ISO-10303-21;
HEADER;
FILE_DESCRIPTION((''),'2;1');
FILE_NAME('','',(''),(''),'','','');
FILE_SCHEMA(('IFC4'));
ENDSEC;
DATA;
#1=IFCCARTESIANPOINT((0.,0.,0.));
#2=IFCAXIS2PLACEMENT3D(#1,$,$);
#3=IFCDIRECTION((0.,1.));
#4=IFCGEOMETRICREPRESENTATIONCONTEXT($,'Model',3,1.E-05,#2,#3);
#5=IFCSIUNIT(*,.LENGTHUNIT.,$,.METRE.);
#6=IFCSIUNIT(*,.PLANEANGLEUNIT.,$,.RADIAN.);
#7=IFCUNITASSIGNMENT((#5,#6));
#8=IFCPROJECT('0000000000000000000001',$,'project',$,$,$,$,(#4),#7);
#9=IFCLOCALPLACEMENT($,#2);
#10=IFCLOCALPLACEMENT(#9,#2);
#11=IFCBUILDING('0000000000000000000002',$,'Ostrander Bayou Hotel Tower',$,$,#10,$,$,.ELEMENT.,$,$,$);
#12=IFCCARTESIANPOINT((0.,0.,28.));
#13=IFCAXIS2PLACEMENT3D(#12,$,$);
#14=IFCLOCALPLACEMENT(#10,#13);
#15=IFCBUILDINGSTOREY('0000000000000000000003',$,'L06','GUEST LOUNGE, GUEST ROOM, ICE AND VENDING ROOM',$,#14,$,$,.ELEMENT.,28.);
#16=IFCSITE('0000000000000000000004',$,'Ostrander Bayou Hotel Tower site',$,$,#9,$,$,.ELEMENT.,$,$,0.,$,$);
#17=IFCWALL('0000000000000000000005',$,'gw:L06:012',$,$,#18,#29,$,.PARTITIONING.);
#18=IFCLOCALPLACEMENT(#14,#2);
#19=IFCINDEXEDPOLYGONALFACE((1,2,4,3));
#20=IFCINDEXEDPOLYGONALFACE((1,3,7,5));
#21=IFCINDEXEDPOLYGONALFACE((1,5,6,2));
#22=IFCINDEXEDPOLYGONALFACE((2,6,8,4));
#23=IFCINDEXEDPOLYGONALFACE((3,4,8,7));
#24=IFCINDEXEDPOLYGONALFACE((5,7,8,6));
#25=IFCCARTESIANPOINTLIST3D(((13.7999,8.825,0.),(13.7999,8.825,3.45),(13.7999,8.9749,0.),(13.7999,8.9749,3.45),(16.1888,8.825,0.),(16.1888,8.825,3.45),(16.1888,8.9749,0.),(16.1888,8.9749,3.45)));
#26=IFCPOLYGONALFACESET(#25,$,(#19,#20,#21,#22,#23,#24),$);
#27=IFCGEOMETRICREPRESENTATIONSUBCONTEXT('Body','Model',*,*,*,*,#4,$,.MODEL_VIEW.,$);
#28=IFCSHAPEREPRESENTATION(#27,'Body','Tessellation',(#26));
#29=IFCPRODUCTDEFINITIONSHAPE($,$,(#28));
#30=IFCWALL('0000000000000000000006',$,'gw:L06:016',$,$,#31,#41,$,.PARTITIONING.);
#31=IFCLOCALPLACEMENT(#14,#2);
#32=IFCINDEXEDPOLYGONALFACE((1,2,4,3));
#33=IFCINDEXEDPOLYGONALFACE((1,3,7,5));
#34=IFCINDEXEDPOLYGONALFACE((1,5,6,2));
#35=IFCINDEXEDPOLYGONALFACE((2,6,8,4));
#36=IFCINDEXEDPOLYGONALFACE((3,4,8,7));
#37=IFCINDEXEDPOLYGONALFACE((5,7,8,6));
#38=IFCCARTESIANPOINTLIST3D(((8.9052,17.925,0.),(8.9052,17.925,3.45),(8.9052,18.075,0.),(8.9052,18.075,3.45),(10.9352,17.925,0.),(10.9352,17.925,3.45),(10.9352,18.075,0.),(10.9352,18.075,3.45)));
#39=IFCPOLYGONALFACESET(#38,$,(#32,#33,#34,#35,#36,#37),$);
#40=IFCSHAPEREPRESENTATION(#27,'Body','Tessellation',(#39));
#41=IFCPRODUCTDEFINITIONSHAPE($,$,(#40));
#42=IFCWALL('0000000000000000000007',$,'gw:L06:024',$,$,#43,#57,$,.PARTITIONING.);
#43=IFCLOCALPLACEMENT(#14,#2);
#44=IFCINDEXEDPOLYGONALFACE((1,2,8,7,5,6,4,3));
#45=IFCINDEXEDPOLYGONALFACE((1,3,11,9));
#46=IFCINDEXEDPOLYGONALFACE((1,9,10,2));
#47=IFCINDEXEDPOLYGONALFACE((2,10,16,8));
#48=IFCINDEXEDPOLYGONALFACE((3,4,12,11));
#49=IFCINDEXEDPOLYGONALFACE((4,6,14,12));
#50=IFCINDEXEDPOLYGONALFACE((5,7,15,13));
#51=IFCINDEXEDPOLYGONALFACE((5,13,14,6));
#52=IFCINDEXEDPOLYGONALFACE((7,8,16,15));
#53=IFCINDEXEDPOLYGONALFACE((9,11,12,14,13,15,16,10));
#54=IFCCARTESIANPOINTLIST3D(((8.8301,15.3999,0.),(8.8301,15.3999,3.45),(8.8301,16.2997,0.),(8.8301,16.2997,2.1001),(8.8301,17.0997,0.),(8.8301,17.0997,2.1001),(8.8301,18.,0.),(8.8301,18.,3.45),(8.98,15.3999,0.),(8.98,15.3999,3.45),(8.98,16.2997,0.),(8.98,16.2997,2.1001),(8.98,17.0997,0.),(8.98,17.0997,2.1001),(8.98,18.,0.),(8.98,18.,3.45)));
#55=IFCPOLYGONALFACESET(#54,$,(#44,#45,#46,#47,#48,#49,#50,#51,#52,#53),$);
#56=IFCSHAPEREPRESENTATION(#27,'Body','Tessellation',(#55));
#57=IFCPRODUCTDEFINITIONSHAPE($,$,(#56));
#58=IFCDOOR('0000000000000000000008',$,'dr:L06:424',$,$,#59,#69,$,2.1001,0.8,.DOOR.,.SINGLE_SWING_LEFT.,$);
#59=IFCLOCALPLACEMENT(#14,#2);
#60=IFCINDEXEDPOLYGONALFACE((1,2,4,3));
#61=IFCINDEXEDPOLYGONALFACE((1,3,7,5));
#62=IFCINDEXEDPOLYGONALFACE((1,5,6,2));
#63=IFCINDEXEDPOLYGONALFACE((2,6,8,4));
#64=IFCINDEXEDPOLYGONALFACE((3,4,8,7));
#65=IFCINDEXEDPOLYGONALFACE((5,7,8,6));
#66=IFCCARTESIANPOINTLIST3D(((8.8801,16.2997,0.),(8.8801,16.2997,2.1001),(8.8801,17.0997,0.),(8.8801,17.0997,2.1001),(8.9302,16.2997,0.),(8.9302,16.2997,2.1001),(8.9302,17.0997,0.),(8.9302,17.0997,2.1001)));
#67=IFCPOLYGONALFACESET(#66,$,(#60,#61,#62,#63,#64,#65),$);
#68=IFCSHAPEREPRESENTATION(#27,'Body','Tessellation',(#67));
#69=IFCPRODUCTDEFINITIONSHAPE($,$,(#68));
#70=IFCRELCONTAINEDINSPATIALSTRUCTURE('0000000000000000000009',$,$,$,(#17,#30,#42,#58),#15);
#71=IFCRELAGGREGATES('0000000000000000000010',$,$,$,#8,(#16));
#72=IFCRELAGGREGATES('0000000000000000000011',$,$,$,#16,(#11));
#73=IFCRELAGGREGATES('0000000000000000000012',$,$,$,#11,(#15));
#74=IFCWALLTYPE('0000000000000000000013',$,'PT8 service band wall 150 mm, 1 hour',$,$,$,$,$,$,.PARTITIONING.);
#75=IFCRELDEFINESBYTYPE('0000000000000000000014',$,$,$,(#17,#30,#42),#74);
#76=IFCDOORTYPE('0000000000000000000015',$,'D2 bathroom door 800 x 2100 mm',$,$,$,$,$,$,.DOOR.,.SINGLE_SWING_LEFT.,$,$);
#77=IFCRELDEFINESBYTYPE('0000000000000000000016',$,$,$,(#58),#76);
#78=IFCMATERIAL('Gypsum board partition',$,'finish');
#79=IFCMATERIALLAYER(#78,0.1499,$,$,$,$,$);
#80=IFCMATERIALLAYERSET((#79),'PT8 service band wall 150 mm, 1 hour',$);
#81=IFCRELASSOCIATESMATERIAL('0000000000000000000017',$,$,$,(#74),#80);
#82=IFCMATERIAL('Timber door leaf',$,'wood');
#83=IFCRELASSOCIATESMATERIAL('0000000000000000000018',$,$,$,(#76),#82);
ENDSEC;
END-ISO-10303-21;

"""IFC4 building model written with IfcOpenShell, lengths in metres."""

from ifc_helpers import new_model, si_unit, direction, frame, frame_2d, origin, place, context, subcontext, project, spatial, rectangle, extrude, material, layer, layer_set, type_object, element, fill, save


model = new_model("IFC4")

# Units and contexts
model_context = context("Model", 3, precision=1e-05, world=origin(), true_north=direction((0.0, 1.0)))
body_context = subcontext(model_context, "Body", "Model", "MODEL_VIEW")
ifc_project = project(units=[si_unit("LENGTHUNIT", "METRE"), si_unit("PLANEANGLEUNIT", "RADIAN")], contexts=[model_context])

# Site, building, storey
site_placement = place(None, origin())
site = spatial("IfcSite", under=ifc_project, at=site_placement, Name="Ostrander Bayou Hotel Tower site", CompositionType="ELEMENT", RefElevation=0.0)
building_placement = place(site_placement, origin())
building = spatial("IfcBuilding", under=site, at=building_placement, Name="Ostrander Bayou Hotel Tower", CompositionType="ELEMENT")
storey_placement = place(building_placement, frame((0.0, 0.0, 28.0)))
storey = spatial("IfcBuildingStorey", under=building, at=storey_placement, Name="L06", Description="GUEST LOUNGE, GUEST ROOM, ICE AND VENDING ROOM", CompositionType="ELEMENT", Elevation=28.0)

# Walls
ifc_material_1 = material(Name="Gypsum board partition", Category="finish")
ifc_layer_1 = layer(ifc_material_1, 0.1499)
ifc_layer_set_1 = layer_set([ifc_layer_1], Name="PT8 service band wall 150 mm, 1 hour")
wall_type_1 = type_object("IfcWallType", Name="PT8 service band wall 150 mm, 1 hour", PredefinedType="PARTITIONING", material=ifc_layer_set_1)
wall_1_placement = place(storey_placement, frame((13.8, 8.8999, 0.0), z_axis=(0.0, 0.0, 1.0), x_axis=(1.0, 0.0, 0.0)))
element("IfcWall", 1, at=wall_1_placement, inside=storey, type_object=wall_type_1, Name="gw:L06:012", PredefinedType="PARTITIONING", context=body_context, shape_type="SweptSolid", body=[
    extrude(rectangle(XDim=2.3889, YDim=0.1499, at=frame_2d((1.1943, 0.0))), origin(), (0.0, 0.0, 1.0), 3.45),
])
wall_2_placement = place(storey_placement, frame((8.905, 18.0, 0.0), z_axis=(0.0, 0.0, 1.0), x_axis=(1.0, 0.0, 0.0)))
element("IfcWall", 2, at=wall_2_placement, inside=storey, type_object=wall_type_1, Name="gw:L06:016", PredefinedType="PARTITIONING", context=body_context, shape_type="SweptSolid", body=[
    extrude(rectangle(XDim=2.03, YDim=0.1499, at=frame_2d((1.0151, 0.0))), origin(), (0.0, 0.0, 1.0), 3.45),
])

# Wall, opening, door
wall_3_placement = place(storey_placement, frame((8.905, 15.3999, 0.0), z_axis=(0.0, 0.0, 1.0), x_axis=(0.0, 1.0, 0.0)))
wall_3 = element("IfcWall", 3, at=wall_3_placement, inside=storey, type_object=wall_type_1, Name="gw:L06:024", PredefinedType="PARTITIONING", context=body_context, shape_type="SweptSolid", body=[
    extrude(rectangle(XDim=2.6001, YDim=0.1499, at=frame_2d((1.3, 0.0))), origin(), (0.0, 0.0, 1.0), 3.45),
])
opening_1_placement = place(wall_3_placement, frame((0.8999, 0.0, 0.0)))
opening_1 = element("IfcOpeningElement", 4, at=opening_1_placement, cuts=wall_3, PredefinedType="OPENING", context=body_context, shape_type="SweptSolid", body=[
    extrude(rectangle(XDim=0.8, YDim=2.1001, at=frame_2d((0.3999, 1.05))), frame((0.0, 0.075, 0.0), z_axis=(0.0, -1.0, 0.0), x_axis=(1.0, 0.0, 0.0)), (0.0, 0.0, 1.0), 0.1499),
])
ifc_material_2 = material(Name="Timber door leaf", Category="wood")
door_type_1 = type_object("IfcDoorType", Name="D2 bathroom door 800 x 2100 mm", OperationType="SINGLE_SWING_LEFT", PredefinedType="DOOR", material=ifc_material_2)
door_1_placement = place(opening_1_placement, origin())
door_1 = element("IfcDoor", 5, at=door_1_placement, inside=storey, type_object=door_type_1, Name="dr:L06:424", OperationType="SINGLE_SWING_LEFT", OverallHeight=2.1001, OverallWidth=0.8, PredefinedType="DOOR", context=body_context, shape_type="SweptSolid", body=[
    extrude(rectangle(XDim=0.8, YDim=2.1001, at=frame_2d((0.3999, 1.05))), frame((0.0, 0.0249, 0.0), z_axis=(0.0, -1.0, 0.0), x_axis=(1.0, 0.0, 0.0)), (0.0, 0.0, 1.0), 0.05),
])
fill(opening_1, door_1)

save(model, "model.ifc")
